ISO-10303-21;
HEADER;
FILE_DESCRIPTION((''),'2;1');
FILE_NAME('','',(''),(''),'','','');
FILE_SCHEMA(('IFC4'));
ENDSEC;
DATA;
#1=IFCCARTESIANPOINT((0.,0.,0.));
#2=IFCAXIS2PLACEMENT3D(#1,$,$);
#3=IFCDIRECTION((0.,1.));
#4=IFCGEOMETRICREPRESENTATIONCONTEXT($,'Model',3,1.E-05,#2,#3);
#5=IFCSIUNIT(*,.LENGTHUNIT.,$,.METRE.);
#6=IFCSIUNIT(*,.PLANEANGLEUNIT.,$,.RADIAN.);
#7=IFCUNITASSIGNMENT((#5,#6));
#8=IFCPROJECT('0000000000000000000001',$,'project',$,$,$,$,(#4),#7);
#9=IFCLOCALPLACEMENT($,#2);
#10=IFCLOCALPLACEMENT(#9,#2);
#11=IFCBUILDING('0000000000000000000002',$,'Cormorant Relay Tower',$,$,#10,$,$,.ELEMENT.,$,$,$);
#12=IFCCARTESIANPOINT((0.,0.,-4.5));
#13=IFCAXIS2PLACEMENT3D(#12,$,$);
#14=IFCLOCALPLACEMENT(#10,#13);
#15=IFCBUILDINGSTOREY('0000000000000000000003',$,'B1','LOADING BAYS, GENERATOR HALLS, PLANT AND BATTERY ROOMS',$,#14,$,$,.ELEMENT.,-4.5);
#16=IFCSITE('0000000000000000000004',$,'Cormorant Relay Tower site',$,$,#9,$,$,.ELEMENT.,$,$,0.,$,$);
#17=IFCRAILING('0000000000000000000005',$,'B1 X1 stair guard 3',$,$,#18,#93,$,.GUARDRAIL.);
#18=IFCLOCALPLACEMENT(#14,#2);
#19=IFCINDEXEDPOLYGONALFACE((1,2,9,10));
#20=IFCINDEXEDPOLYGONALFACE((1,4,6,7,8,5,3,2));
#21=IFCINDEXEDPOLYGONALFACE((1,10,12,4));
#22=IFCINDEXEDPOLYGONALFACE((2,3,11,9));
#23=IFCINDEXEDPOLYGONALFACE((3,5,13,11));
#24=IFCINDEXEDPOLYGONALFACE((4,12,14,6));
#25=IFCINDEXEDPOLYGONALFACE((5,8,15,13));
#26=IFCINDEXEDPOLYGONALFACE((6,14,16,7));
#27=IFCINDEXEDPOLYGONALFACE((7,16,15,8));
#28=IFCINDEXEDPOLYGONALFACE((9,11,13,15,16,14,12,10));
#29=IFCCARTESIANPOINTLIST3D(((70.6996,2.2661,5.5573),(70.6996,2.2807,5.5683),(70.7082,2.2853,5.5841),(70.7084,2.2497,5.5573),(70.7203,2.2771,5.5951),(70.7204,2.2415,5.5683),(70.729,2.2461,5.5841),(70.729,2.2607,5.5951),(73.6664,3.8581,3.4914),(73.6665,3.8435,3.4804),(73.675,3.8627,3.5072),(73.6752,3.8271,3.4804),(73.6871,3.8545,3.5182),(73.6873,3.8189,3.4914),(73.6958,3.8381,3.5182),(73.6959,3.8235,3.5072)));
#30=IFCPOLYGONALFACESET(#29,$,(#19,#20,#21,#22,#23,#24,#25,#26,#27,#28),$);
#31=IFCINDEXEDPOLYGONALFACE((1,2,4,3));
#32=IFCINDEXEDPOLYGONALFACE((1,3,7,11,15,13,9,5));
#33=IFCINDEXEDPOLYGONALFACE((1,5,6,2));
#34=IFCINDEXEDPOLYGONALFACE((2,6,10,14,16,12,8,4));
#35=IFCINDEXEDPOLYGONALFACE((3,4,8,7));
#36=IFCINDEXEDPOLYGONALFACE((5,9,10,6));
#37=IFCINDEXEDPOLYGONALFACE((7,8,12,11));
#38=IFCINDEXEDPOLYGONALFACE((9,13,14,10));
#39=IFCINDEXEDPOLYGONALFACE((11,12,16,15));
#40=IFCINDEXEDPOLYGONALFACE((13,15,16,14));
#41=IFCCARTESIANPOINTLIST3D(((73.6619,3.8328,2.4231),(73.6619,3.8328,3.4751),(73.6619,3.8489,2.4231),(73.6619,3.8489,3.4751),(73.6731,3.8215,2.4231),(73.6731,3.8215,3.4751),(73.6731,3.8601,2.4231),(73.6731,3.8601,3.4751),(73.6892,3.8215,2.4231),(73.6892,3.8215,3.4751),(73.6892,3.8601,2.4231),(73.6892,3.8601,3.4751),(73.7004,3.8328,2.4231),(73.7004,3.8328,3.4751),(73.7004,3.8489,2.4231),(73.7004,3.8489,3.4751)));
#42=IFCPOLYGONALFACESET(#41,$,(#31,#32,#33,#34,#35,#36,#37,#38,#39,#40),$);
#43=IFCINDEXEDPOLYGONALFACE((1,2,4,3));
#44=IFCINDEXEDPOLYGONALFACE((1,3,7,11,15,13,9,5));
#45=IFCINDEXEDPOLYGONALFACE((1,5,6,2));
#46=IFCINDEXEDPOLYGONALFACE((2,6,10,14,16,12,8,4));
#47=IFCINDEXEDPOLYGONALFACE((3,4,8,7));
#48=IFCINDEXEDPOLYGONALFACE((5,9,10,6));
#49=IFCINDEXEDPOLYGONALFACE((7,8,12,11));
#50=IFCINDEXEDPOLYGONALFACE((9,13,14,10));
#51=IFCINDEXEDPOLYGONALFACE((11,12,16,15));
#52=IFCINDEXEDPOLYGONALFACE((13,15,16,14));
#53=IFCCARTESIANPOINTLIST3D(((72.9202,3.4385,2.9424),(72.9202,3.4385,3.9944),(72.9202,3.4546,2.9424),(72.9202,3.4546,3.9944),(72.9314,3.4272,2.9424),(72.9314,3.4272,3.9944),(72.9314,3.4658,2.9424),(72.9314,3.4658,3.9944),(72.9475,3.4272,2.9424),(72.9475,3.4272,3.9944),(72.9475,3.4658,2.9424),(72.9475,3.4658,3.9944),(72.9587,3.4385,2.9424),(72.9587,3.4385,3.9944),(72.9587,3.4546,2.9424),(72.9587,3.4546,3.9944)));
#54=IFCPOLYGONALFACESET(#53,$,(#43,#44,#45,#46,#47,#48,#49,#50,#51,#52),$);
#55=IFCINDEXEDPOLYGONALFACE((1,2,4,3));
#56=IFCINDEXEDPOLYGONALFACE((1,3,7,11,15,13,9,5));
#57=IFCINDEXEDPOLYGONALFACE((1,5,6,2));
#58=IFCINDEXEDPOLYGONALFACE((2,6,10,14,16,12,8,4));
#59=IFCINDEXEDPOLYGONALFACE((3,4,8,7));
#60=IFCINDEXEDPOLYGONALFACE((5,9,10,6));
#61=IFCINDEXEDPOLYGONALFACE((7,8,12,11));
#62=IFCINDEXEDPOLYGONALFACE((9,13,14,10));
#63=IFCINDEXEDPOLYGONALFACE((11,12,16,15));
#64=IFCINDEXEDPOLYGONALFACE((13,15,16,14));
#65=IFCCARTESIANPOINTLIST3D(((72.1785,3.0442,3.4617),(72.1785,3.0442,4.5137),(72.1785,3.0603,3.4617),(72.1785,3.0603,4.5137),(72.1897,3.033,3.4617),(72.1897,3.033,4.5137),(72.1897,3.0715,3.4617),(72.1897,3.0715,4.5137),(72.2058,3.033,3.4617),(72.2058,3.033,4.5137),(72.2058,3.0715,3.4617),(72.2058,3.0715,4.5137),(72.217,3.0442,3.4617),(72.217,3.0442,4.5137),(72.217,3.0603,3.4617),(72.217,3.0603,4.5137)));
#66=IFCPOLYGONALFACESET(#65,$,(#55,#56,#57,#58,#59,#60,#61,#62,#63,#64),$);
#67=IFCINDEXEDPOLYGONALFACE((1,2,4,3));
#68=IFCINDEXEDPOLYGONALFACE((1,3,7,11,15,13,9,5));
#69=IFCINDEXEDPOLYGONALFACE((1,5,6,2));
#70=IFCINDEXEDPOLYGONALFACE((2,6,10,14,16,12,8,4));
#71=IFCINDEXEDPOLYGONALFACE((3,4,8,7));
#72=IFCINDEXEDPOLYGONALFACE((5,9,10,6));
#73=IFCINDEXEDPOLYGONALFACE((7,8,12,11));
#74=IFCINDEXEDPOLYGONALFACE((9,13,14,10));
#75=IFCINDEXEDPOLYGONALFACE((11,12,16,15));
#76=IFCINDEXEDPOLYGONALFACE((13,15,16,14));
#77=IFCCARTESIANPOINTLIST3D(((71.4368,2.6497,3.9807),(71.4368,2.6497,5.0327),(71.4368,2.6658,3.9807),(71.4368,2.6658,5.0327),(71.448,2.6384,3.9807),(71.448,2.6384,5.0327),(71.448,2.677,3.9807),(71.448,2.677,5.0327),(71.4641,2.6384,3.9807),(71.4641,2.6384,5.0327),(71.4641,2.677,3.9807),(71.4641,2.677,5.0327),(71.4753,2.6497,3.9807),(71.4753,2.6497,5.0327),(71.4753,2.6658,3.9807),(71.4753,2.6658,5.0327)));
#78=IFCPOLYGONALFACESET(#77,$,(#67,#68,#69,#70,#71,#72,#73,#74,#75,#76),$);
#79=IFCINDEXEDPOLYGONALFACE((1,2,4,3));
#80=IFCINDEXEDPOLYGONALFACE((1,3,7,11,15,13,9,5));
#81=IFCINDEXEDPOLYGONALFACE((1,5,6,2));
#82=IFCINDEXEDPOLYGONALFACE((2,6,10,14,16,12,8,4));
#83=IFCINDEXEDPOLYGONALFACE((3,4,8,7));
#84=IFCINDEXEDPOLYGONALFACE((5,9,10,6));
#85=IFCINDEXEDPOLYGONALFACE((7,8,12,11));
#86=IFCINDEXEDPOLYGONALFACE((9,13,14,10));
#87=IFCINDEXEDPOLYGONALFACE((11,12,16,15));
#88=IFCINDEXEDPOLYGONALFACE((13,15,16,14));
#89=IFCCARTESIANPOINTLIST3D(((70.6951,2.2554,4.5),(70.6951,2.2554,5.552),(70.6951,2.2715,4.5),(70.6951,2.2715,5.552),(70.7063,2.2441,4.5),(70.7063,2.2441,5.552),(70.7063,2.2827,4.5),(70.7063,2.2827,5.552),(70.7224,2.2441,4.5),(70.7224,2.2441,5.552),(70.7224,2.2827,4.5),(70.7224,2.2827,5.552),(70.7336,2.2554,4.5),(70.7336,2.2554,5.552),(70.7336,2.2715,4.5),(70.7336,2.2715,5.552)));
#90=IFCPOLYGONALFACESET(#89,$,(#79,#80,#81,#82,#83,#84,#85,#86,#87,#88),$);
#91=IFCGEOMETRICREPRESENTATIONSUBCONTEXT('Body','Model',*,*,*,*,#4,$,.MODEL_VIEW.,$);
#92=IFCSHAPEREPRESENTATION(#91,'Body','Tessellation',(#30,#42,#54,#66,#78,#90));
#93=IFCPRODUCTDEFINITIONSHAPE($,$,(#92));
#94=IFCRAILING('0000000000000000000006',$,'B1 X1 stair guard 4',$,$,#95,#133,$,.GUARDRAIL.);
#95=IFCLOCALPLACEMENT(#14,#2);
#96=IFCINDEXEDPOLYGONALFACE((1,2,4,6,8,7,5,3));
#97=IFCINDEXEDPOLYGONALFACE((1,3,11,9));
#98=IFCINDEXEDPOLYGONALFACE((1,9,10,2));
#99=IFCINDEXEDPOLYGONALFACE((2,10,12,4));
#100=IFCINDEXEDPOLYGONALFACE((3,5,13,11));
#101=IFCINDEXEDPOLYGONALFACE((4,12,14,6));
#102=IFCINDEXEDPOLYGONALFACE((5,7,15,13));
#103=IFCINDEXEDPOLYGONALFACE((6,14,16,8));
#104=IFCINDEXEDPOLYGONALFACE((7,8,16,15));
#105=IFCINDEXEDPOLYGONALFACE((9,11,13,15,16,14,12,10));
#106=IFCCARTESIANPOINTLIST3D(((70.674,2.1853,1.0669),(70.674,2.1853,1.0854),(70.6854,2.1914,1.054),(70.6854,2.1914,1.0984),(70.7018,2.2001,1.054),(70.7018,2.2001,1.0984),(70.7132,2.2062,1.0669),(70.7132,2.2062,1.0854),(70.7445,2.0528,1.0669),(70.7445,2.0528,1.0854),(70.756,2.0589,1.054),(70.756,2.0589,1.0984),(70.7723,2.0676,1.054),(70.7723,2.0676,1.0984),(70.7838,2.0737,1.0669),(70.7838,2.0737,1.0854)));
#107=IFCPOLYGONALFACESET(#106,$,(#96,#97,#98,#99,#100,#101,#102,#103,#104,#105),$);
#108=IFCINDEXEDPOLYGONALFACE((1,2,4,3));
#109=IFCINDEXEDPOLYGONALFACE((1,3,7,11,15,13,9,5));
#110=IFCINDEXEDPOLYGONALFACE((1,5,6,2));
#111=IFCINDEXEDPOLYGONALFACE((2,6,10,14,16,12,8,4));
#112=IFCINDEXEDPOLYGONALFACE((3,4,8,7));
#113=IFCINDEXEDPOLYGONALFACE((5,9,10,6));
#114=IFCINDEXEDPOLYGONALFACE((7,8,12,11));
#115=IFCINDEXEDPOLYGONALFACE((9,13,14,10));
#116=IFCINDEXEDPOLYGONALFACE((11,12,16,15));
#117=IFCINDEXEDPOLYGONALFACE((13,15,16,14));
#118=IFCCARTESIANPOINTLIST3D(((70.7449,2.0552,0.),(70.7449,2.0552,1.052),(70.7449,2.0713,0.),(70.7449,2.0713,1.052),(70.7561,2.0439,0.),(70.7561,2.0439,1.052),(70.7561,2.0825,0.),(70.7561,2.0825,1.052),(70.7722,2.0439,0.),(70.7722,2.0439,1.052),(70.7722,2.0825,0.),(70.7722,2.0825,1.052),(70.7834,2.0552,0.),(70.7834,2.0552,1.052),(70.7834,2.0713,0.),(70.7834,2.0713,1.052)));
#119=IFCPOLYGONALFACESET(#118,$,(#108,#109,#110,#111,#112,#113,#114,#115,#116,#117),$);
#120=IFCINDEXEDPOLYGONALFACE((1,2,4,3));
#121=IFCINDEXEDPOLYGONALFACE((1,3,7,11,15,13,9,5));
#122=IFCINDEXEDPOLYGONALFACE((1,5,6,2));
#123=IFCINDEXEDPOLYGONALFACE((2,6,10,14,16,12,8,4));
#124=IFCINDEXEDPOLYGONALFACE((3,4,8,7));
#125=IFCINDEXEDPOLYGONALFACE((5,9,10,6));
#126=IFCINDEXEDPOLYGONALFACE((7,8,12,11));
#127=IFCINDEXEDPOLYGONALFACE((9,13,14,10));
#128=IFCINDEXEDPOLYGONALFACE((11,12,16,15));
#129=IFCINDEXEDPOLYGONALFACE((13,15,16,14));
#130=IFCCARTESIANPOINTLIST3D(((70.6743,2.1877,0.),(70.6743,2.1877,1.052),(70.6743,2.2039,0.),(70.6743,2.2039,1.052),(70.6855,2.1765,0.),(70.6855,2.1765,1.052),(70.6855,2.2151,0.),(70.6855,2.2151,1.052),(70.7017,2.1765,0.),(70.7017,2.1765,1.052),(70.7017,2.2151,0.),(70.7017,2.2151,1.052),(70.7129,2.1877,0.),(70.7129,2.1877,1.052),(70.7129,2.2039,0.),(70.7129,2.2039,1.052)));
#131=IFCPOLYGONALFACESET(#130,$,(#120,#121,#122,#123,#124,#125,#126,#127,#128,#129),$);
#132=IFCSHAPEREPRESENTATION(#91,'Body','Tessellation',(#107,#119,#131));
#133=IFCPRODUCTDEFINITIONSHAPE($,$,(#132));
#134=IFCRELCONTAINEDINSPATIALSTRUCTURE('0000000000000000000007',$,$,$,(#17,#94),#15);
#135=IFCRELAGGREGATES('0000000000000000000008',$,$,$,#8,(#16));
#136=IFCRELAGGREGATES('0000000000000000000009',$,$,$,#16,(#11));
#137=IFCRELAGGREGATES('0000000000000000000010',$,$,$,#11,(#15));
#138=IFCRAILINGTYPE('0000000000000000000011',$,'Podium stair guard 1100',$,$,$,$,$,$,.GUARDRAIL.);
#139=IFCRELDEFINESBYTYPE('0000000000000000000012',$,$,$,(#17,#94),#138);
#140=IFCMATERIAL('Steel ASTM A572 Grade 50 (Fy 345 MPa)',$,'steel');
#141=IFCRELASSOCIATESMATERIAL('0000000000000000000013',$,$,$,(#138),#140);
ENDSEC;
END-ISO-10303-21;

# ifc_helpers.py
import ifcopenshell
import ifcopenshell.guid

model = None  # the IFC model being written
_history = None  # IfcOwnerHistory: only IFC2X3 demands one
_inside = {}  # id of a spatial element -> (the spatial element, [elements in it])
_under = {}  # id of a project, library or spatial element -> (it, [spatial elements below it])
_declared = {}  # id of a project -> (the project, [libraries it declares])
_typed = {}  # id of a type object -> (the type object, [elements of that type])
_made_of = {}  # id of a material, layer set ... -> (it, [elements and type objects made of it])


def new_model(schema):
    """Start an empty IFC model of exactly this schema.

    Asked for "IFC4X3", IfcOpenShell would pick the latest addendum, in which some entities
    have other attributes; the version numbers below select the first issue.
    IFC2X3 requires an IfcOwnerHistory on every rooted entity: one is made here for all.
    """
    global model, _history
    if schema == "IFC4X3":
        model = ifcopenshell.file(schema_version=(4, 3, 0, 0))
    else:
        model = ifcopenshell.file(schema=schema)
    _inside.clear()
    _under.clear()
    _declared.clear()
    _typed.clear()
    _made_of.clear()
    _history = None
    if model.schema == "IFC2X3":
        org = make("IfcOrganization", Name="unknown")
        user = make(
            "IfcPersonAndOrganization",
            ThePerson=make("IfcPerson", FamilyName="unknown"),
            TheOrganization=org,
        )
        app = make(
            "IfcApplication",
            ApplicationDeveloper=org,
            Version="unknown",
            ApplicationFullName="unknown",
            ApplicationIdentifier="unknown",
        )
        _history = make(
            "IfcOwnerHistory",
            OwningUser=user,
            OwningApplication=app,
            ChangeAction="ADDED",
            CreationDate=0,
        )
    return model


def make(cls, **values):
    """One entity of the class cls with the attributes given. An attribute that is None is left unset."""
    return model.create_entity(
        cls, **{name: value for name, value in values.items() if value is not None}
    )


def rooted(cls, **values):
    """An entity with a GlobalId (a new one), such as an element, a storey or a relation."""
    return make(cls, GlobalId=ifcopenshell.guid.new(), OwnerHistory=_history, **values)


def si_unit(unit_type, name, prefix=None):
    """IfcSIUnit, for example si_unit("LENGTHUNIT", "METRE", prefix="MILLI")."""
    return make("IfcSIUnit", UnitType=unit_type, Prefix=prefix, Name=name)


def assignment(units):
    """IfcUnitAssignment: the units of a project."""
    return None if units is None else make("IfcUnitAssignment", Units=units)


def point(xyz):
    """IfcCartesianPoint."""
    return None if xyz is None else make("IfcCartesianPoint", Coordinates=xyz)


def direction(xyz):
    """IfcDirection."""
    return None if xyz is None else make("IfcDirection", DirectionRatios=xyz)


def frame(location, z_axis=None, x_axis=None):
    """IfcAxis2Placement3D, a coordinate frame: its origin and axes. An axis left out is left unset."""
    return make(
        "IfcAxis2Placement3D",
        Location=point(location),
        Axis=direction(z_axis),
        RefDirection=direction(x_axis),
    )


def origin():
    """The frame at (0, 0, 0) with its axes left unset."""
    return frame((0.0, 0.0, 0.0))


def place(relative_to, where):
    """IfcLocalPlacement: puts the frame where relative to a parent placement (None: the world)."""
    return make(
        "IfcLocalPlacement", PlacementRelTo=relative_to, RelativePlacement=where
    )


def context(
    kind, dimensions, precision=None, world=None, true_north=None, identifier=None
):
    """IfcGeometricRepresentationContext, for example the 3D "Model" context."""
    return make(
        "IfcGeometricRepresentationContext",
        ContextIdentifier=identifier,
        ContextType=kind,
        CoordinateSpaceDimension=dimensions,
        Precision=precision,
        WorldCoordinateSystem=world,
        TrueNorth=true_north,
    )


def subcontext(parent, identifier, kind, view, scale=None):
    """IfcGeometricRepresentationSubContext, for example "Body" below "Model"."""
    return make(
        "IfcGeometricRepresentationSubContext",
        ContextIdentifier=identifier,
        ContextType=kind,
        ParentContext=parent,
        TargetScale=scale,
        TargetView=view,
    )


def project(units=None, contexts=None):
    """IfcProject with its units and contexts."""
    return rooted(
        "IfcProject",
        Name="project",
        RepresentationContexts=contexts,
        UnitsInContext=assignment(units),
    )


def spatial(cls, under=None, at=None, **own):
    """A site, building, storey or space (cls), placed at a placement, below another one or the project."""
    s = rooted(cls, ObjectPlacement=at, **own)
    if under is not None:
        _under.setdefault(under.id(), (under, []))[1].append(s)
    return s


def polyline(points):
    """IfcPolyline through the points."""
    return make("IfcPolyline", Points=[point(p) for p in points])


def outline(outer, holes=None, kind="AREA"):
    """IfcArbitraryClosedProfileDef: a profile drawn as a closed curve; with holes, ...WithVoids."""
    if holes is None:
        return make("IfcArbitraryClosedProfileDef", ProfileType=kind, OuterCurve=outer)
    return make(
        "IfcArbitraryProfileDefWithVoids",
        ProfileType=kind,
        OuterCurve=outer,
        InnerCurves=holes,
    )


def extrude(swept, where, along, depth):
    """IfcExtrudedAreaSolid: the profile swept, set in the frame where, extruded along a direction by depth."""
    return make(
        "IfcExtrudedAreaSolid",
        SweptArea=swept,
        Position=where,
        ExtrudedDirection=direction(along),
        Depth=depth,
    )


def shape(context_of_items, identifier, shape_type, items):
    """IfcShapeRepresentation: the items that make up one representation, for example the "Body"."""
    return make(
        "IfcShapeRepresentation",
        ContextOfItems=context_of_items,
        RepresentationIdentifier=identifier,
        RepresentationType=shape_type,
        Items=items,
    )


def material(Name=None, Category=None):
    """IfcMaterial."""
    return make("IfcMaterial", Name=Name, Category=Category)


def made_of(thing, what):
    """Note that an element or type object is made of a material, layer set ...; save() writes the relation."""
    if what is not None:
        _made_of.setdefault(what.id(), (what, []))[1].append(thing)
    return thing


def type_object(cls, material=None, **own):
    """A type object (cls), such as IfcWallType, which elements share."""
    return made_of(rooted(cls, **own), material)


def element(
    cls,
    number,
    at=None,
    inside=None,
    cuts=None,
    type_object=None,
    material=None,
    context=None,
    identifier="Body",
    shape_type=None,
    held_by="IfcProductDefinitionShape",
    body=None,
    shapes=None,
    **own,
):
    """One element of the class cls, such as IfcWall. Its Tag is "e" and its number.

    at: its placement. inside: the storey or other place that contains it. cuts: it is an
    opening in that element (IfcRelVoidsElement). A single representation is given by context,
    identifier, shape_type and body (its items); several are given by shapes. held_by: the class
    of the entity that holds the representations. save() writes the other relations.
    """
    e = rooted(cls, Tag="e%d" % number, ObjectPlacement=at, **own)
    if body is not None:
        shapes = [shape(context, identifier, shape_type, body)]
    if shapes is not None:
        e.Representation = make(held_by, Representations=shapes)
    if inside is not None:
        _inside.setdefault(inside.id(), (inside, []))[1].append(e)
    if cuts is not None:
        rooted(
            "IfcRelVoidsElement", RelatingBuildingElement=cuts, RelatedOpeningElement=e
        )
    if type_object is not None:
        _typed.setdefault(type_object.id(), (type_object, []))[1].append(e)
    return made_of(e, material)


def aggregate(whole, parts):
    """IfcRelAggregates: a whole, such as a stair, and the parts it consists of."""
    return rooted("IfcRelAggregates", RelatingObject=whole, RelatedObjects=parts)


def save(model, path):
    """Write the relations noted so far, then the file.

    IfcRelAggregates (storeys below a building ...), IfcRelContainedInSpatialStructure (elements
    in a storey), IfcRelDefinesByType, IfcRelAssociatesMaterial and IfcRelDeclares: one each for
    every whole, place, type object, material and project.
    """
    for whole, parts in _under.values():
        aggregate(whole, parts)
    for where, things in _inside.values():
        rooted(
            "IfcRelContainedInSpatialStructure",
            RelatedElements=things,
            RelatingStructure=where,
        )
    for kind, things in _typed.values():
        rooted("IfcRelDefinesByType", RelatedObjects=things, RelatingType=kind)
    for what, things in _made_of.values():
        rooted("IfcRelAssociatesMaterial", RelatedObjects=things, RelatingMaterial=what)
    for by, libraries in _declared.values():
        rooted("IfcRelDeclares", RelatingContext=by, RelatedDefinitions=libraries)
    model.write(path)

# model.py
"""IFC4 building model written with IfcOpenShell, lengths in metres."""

from ifc_helpers import new_model, si_unit, direction, frame, origin, place, context, subcontext, project, spatial, polyline, outline, extrude, material, type_object, element, save


model = new_model("IFC4")

# Units and contexts
model_context = context("Model", 3, precision=1e-05, world=origin(), true_north=direction((0.0, 1.0)))
body_context = subcontext(model_context, "Body", "Model", "MODEL_VIEW")
ifc_project = project(units=[si_unit("LENGTHUNIT", "METRE"), si_unit("PLANEANGLEUNIT", "RADIAN")], contexts=[model_context])

# Site, building, storey
site_placement = place(None, origin())
site = spatial("IfcSite", under=ifc_project, at=site_placement, Name="Cormorant Relay Tower site", CompositionType="ELEMENT", RefElevation=0.0)
building_placement = place(site_placement, origin())
building = spatial("IfcBuilding", under=site, at=building_placement, Name="Cormorant Relay Tower", CompositionType="ELEMENT")
storey_placement = place(building_placement, frame((0.0, 0.0, -4.5)))
storey = spatial("IfcBuildingStorey", under=building, at=storey_placement, Name="B1", Description="LOADING BAYS, GENERATOR HALLS, PLANT AND BATTERY ROOMS", CompositionType="ELEMENT", Elevation=-4.5)

# Railings
ifc_material_1 = material(Name="Steel ASTM A572 Grade 50 (Fy 345 MPa)", Category="steel")
railing_type_1 = type_object("IfcRailingType", Name="Podium stair guard 1100", PredefinedType="GUARDRAIL", material=ifc_material_1)
railing_1_placement = place(storey_placement, frame((73.6812, 3.8408, 2.4231)))
element("IfcRailing", 1, at=railing_1_placement, inside=storey, type_object=railing_type_1, Name="B1 X1 stair guard 3", PredefinedType="GUARDRAIL", context=body_context, shape_type="SweptSolid", body=[
    extrude(outline(polyline([(0.0222, 0.0093), (0.0093, 0.0222), (-0.0093, 0.0222), (-0.0222, 0.0093), (-0.0222, -0.0093), (-0.0093, -0.0222), (0.0093, -0.0222), (0.0222, -0.0093), (0.0222, 0.0093)])), frame((0.0, 0.0, 1.0762), z_axis=(-0.751062, -0.399326, 0.52578), x_axis=(0.469453, -0.882958, 0.0)), (0.0, 0.0, 1.0), 3.9502),
    extrude(outline(polyline([(0.0193, 0.0081), (0.0081, 0.0193), (-0.0081, 0.0193), (-0.0193, 0.0081), (-0.0193, -0.0081), (-0.0081, -0.0193), (0.0081, -0.0193), (0.0193, -0.0081), (0.0193, 0.0081)])), origin(), (0.0, 0.0, 1.0), 1.052),
    extrude(outline(polyline([(0.0193, 0.0081), (0.0081, 0.0193), (-0.0081, 0.0193), (-0.0193, 0.0081), (-0.0193, -0.0081), (-0.0081, -0.0193), (0.0081, -0.0193), (0.0193, -0.0081), (0.0193, 0.0081)])), frame((-0.7417, -0.3943, 0.5193)), (0.0, 0.0, 1.0), 1.052),
    extrude(outline(polyline([(0.0193, 0.0081), (0.0081, 0.0193), (-0.0081, 0.0193), (-0.0193, 0.0081), (-0.0193, -0.0081), (-0.0081, -0.0193), (0.0081, -0.0193), (0.0193, -0.0081), (0.0193, 0.0081)])), frame((-1.4834, -0.7886, 1.0386)), (0.0, 0.0, 1.0), 1.052),
    extrude(outline(polyline([(0.0193, 0.0081), (0.0081, 0.0193), (-0.0081, 0.0193), (-0.0193, 0.0081), (-0.0193, -0.0081), (-0.0081, -0.0193), (0.0081, -0.0193), (0.0193, -0.0081), (0.0193, 0.0081)])), frame((-2.2251, -1.1831, 1.5576)), (0.0, 0.0, 1.0), 1.052),
    extrude(outline(polyline([(0.0193, 0.0081), (0.0081, 0.0193), (-0.0081, 0.0193), (-0.0193, 0.0081), (-0.0193, -0.0081), (-0.0081, -0.0193), (0.0081, -0.0193), (0.0193, -0.0081), (0.0193, 0.0081)])), frame((-2.9668, -1.5774, 2.0769)), (0.0, 0.0, 1.0), 1.052),
])
railing_2_placement = place(storey_placement, frame((70.7642, 2.0632, 0.0)))
element("IfcRailing", 2, at=railing_2_placement, inside=storey, type_object=railing_type_1, Name="B1 X1 stair guard 4", PredefinedType="GUARDRAIL", context=body_context, shape_type="SweptSolid", body=[
    extrude(outline(polyline([(0.0222, 0.0093), (0.0093, 0.0222), (-0.0093, 0.0222), (-0.0222, 0.0093), (-0.0222, -0.0093), (-0.0093, -0.0222), (0.0093, -0.0222), (0.0222, -0.0093), (0.0222, 0.0093)])), frame((0.0, 0.0, 1.0762), z_axis=(-0.469829, 0.882758, 0.0), x_axis=(-0.882758, -0.469829, 0.0)), (0.0, 0.0, 1.0), 0.1501),
    extrude(outline(polyline([(0.0193, 0.0081), (0.0081, 0.0193), (-0.0081, 0.0193), (-0.0193, 0.0081), (-0.0193, -0.0081), (-0.0081, -0.0193), (0.0081, -0.0193), (0.0193, -0.0081), (0.0193, 0.0081)])), origin(), (0.0, 0.0, 1.0), 1.052),
    extrude(outline(polyline([(0.0193, 0.0081), (0.0081, 0.0193), (-0.0081, 0.0193), (-0.0193, 0.0081), (-0.0193, -0.0081), (-0.0081, -0.0193), (0.0081, -0.0193), (0.0193, -0.0081), (0.0193, 0.0081)])), frame((-0.0706, 0.1326, 0.0)), (0.0, 0.0, 1.0), 1.052),
])

save(model, "model.ifc")
